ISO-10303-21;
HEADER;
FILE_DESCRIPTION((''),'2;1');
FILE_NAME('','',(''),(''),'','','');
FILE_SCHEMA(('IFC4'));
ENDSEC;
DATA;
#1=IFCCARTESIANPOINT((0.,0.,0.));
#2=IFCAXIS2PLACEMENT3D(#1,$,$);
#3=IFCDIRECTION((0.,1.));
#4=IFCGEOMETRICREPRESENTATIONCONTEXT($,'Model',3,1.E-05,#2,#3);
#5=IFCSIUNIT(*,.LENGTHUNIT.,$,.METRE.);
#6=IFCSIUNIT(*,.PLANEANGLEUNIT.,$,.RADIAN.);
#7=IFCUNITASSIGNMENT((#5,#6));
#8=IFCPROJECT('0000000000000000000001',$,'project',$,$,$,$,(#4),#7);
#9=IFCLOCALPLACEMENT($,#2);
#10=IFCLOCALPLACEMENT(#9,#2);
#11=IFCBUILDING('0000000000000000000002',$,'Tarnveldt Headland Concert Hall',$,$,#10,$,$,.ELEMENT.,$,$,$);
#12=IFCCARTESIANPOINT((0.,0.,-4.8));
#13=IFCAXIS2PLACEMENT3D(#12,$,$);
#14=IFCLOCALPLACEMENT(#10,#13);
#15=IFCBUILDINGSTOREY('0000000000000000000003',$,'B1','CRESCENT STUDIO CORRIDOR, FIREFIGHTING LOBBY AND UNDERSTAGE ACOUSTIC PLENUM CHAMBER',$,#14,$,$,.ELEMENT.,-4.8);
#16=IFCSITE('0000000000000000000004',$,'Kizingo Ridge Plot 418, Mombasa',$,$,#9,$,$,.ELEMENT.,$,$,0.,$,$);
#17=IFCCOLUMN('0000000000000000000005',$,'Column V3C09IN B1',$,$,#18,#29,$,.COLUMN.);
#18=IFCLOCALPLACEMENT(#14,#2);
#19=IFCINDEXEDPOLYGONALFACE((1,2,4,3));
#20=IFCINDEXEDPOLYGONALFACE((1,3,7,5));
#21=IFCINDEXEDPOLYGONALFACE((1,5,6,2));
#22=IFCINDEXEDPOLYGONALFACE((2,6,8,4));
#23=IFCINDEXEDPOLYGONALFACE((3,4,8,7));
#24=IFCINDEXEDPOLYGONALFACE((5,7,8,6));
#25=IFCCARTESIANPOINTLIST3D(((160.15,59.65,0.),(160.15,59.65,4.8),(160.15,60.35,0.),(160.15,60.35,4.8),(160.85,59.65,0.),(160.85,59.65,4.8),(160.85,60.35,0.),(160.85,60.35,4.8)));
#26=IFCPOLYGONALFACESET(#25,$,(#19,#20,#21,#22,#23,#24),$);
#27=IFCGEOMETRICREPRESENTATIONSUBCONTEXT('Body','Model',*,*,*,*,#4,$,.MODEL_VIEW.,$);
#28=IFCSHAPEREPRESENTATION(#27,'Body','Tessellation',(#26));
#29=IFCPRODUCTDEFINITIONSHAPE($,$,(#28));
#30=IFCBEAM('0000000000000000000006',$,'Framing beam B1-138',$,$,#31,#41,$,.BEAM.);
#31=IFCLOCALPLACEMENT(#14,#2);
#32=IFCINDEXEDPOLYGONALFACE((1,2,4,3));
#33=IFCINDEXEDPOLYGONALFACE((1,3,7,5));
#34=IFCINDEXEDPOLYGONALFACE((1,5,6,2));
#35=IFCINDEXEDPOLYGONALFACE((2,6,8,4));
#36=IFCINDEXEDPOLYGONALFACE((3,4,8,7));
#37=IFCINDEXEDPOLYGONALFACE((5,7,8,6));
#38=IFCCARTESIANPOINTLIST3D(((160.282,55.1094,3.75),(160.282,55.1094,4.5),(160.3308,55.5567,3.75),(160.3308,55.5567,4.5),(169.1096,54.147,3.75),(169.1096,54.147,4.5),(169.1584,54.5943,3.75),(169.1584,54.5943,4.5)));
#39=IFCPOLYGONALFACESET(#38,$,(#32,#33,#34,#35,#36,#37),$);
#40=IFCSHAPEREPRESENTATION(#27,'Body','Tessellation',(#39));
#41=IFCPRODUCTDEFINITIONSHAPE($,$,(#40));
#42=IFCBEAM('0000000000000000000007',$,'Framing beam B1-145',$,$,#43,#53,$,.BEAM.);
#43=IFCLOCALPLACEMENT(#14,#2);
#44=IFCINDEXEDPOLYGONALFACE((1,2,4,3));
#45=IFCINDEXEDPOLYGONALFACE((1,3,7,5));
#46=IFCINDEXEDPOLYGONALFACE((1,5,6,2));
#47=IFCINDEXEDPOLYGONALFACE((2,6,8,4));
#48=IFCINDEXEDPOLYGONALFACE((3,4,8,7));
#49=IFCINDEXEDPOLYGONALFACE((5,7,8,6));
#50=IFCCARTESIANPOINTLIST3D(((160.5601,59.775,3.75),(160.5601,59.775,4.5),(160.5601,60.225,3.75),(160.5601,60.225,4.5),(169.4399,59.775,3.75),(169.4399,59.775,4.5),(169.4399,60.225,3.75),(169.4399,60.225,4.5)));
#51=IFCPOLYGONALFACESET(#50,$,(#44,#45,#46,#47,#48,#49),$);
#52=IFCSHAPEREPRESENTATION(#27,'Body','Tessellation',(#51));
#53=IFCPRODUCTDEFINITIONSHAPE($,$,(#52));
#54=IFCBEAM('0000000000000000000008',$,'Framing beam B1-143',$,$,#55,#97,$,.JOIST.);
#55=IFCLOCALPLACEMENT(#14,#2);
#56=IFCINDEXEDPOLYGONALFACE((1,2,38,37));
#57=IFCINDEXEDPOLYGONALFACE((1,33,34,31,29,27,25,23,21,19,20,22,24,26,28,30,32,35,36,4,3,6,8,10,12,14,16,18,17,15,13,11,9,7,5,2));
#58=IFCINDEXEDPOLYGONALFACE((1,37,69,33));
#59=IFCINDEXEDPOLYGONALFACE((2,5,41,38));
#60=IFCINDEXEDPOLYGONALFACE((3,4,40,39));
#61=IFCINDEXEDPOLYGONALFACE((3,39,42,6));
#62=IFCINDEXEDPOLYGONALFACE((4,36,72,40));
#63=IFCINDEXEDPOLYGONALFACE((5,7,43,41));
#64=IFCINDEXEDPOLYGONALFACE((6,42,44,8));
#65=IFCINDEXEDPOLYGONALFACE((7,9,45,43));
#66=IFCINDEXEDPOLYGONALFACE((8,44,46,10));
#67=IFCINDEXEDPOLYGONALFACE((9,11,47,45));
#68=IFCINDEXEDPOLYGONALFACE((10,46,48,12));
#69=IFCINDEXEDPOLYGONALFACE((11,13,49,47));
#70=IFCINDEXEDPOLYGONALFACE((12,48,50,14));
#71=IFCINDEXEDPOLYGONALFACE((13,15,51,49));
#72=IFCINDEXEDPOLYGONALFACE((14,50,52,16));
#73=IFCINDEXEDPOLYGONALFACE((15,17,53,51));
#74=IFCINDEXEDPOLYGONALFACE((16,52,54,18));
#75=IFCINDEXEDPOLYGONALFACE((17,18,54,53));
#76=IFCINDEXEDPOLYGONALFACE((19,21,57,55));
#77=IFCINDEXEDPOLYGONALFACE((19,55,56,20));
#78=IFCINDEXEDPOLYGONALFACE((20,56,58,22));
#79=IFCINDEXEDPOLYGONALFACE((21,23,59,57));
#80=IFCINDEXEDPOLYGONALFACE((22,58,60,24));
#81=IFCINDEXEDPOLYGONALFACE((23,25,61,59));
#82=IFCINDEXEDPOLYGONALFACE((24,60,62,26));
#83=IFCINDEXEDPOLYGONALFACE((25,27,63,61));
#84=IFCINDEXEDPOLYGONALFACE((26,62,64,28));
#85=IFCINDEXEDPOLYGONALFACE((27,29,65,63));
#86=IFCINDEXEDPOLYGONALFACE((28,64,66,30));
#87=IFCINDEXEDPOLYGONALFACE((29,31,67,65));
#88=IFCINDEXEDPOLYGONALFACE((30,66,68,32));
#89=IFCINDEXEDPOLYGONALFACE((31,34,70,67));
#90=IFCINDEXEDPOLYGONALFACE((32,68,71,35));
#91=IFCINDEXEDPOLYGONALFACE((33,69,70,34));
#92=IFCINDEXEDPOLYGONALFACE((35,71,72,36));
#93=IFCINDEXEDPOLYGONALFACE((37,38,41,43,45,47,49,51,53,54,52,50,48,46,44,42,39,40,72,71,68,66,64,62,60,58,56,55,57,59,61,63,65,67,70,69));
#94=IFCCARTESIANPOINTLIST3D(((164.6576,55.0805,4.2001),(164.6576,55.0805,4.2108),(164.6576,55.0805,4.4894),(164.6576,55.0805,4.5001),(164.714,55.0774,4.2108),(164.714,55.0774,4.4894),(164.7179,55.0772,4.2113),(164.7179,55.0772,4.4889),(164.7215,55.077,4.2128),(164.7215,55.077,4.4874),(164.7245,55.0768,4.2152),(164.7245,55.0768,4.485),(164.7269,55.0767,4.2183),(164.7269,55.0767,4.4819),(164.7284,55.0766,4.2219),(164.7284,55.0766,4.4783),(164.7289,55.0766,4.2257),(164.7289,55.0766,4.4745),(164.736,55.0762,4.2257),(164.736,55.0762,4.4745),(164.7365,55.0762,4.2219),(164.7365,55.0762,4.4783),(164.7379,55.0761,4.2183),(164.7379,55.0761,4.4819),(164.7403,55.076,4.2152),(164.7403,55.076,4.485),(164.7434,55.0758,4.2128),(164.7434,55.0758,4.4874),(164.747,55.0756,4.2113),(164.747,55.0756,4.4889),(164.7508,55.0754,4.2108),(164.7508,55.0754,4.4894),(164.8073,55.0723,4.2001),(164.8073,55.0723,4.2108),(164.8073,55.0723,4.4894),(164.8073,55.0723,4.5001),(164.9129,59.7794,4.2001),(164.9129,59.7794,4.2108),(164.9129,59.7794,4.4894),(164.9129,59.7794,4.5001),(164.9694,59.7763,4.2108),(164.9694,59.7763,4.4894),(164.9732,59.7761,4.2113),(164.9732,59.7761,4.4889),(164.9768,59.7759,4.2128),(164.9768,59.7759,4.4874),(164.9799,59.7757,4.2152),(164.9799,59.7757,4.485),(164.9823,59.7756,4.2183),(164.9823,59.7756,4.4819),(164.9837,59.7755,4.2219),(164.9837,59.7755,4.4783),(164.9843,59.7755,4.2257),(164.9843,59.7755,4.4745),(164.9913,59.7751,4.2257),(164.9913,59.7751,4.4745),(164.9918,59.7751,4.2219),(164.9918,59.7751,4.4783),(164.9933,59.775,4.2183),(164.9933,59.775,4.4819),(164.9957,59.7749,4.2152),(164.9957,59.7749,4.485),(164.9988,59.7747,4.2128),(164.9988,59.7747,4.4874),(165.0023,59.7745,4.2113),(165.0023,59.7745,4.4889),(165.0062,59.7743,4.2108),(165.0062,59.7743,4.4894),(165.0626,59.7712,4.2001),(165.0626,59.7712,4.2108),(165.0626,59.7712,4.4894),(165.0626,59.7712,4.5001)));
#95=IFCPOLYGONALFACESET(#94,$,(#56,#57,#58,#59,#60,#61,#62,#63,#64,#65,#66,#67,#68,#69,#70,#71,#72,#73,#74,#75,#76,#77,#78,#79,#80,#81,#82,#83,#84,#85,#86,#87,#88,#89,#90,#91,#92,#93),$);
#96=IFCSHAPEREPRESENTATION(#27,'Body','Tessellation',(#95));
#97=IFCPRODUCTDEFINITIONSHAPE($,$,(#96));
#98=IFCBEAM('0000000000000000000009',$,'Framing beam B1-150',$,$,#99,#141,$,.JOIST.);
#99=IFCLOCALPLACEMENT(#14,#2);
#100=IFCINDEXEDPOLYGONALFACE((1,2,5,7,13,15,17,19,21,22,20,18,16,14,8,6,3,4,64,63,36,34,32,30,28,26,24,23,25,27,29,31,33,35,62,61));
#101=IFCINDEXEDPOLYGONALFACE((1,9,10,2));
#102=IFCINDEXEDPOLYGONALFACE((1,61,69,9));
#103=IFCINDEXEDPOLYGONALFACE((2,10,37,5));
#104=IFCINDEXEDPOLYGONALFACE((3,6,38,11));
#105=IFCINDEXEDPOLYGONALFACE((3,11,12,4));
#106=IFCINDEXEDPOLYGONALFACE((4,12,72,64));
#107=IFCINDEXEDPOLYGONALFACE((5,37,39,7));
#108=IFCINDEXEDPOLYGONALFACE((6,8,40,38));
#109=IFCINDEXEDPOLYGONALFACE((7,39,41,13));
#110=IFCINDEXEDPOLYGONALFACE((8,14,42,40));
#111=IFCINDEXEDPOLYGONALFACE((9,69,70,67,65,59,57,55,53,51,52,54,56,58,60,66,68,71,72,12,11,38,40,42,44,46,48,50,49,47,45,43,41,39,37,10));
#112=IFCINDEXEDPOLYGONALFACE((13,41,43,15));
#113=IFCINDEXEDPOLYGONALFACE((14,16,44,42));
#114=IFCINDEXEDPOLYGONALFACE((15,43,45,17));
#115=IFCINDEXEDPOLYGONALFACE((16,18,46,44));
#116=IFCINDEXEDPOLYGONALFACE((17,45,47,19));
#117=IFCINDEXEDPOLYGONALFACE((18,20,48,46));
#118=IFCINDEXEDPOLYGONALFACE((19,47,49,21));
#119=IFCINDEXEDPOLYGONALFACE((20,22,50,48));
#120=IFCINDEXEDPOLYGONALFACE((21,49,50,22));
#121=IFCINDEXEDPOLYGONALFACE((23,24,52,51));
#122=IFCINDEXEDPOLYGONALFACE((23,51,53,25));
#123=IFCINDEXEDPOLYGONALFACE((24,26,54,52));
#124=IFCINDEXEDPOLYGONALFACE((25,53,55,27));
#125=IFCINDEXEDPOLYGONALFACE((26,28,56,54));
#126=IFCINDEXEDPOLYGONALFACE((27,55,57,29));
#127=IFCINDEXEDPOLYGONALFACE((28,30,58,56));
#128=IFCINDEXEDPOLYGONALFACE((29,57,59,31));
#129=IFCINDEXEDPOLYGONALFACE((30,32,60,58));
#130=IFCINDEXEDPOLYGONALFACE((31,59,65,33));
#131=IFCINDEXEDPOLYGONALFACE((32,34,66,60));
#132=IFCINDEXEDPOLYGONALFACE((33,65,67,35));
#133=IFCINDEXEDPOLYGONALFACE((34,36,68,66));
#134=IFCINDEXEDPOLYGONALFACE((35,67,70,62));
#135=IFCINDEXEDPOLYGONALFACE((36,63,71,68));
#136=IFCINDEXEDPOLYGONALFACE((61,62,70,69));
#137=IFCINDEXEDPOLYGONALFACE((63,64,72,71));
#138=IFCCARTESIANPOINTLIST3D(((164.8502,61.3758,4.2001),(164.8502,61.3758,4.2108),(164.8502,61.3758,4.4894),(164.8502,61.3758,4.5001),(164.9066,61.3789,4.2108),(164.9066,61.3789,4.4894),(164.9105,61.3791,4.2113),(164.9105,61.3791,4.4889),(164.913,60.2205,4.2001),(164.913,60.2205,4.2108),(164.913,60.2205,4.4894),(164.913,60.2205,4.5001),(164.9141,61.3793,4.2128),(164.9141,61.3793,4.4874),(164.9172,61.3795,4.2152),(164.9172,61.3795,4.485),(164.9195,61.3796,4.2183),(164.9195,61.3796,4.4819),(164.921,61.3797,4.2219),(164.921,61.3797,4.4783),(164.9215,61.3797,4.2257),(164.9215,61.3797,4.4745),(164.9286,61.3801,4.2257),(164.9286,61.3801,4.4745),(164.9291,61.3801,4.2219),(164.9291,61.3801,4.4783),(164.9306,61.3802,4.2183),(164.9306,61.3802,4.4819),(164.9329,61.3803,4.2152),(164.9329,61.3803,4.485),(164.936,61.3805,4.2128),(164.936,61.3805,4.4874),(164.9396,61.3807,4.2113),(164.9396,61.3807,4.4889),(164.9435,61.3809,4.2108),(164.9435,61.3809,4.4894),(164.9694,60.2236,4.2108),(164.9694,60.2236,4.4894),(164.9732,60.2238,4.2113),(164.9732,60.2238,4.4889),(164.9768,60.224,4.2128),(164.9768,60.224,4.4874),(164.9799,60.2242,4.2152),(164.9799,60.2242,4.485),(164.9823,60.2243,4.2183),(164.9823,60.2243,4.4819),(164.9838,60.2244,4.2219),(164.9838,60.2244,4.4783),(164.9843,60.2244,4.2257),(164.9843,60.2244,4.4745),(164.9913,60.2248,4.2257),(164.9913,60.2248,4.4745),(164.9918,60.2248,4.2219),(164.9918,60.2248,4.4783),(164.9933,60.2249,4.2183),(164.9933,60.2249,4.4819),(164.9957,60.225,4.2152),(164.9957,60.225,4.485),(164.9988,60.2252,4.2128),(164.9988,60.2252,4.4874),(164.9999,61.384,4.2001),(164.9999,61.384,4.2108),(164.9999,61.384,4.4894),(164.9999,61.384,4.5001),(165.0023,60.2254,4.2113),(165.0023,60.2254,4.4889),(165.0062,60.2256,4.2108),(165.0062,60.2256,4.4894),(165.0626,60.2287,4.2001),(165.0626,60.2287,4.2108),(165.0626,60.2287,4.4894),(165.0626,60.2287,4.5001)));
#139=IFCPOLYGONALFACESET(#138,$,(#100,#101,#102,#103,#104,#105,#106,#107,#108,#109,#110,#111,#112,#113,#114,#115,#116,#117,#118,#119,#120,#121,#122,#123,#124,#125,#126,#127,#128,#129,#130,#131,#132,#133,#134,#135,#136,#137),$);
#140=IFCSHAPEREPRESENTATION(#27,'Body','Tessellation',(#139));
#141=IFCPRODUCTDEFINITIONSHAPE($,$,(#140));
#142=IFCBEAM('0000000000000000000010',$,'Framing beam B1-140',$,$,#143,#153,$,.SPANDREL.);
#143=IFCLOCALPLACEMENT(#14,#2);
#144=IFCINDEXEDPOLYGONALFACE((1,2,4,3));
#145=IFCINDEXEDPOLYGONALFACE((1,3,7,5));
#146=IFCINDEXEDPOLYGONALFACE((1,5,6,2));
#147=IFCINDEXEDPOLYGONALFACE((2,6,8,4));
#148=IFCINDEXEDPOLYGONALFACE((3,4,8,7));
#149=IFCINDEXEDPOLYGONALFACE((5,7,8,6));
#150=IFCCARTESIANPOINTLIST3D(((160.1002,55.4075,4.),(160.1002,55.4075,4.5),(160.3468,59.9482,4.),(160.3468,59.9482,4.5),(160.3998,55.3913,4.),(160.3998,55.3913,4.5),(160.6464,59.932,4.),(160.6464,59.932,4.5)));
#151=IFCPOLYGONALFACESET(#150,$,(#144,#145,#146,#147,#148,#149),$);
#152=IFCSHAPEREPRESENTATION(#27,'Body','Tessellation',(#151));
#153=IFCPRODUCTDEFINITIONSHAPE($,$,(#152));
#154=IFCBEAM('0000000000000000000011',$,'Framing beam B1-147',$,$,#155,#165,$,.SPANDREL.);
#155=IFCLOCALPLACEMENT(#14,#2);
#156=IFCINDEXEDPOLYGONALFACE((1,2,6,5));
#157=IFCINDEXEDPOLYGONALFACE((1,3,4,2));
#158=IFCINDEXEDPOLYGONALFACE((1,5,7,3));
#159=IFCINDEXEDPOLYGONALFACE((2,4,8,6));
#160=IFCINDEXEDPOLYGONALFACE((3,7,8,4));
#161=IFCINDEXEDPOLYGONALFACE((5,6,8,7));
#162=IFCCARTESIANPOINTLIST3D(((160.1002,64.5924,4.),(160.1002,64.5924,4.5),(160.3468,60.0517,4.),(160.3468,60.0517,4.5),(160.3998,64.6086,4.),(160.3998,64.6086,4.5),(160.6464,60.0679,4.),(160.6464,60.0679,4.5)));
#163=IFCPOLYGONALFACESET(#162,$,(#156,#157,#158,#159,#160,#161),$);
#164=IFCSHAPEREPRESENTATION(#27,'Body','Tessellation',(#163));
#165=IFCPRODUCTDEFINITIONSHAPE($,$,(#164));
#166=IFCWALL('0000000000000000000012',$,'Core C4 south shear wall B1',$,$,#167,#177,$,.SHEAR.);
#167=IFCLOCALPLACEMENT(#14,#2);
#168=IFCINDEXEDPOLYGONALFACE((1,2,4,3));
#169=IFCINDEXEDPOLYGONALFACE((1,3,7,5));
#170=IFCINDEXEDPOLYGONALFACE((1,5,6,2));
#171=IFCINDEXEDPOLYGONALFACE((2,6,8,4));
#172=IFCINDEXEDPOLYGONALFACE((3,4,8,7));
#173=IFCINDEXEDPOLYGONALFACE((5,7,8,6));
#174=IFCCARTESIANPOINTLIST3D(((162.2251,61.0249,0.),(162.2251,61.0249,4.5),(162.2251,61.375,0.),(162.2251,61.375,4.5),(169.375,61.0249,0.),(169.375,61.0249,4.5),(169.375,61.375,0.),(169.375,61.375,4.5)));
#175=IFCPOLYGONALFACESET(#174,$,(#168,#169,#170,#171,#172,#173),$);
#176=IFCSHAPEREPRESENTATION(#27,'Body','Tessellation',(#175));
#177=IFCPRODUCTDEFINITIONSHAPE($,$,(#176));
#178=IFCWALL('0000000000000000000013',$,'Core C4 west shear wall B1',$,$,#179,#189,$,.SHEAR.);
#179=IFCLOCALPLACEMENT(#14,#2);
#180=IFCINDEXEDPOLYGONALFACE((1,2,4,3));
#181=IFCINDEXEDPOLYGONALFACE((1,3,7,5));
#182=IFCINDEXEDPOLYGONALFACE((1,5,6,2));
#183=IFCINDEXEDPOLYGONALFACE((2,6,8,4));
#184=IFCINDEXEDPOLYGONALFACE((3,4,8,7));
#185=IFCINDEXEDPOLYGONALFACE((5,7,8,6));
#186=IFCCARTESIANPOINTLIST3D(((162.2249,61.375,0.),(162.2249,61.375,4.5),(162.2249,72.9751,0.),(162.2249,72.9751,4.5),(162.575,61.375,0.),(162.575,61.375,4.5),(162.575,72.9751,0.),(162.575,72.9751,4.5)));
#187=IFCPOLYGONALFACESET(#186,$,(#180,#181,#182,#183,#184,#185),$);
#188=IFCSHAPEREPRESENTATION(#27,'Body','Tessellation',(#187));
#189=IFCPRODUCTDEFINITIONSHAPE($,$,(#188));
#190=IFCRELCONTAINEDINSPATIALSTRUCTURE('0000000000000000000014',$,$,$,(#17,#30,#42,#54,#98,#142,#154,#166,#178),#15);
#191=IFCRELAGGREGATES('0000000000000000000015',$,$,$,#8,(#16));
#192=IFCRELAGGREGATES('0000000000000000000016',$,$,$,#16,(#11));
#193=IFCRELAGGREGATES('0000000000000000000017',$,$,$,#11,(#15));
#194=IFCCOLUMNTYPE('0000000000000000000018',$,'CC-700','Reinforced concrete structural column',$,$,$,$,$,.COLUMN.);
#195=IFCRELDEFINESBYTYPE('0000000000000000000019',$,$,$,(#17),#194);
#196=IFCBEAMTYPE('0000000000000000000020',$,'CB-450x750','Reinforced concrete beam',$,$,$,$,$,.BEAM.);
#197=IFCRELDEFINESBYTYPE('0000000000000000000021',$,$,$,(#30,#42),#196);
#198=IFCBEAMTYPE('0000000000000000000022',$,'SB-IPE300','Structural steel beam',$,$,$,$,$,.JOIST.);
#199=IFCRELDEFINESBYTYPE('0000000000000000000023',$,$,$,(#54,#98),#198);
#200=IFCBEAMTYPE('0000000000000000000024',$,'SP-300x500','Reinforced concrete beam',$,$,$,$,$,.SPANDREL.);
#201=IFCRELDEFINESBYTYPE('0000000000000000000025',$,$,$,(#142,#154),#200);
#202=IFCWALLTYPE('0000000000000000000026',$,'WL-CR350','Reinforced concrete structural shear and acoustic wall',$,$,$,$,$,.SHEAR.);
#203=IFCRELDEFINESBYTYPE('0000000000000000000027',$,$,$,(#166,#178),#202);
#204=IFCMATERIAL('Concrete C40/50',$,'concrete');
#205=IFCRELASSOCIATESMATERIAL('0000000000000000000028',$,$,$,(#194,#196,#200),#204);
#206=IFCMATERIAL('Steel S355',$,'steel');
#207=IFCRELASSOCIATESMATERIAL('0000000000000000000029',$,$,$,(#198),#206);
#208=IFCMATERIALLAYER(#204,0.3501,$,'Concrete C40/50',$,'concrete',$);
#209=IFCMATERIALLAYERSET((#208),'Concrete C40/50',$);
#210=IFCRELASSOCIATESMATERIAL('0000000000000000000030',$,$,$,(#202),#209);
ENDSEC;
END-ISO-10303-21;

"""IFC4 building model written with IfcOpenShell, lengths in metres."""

from ifc_helpers import new_model, si_unit, direction, frame, frame_2d, origin, origin_2d, place, context, subcontext, project, spatial, rectangle, i_section, extrude, material, layer, layer_set, material_profile, profile_set, type_object, element, save


model = new_model("IFC4")

# Units and contexts
model_context = context("Model", 3, precision=1e-05, world=origin(), true_north=direction((0.0, 1.0)))
body_context = subcontext(model_context, "Body", "Model", "MODEL_VIEW")
ifc_project = project(units=[si_unit("LENGTHUNIT", "METRE"), si_unit("PLANEANGLEUNIT", "RADIAN")], contexts=[model_context])

# Site, building, storey
site_placement = place(None, origin())
site = spatial("IfcSite", under=ifc_project, at=site_placement, Name="Kizingo Ridge Plot 418, Mombasa", CompositionType="ELEMENT", RefElevation=0.0)
building_placement = place(site_placement, origin())
building = spatial("IfcBuilding", under=site, at=building_placement, Name="Tarnveldt Headland Concert Hall", CompositionType="ELEMENT")
storey_placement = place(building_placement, frame((0.0, 0.0, -4.8)))
storey = spatial("IfcBuildingStorey", under=building, at=storey_placement, Name="B1", Description="CRESCENT STUDIO CORRIDOR, FIREFIGHTING LOBBY AND UNDERSTAGE ACOUSTIC PLENUM CHAMBER", CompositionType="ELEMENT", Elevation=-4.8)

# Shared definitions
ifc_material_1 = material(Name="Concrete C40/50", Category="concrete")

# Column
ifc_material_profile_1 = material_profile(ifc_material_1, rectangle(XDim=0.7, YDim=0.7, at=origin_2d()), Name="RC 700x700", Category="concrete")
ifc_profile_set_1 = profile_set([ifc_material_profile_1], Name="Concrete C40/50")
column_type = type_object("IfcColumnType", Name="CC-700", Description="Reinforced concrete structural column", PredefinedType="COLUMN", material=ifc_profile_set_1)
for number, where, z_axis, x_axis, name in (
    (1, (160.5, 60.0, 0.0), (0.0, 0.0, 1.0), (1.0, 0.0, 0.0), "Column V3C09IN B1"),
):
    element("IfcColumn", number, at=place(storey_placement, frame(where, z_axis=z_axis, x_axis=x_axis)), inside=storey, type_object=column_type, Name=name, PredefinedType="COLUMN", context=body_context, shape_type="SweptSolid", body=[
        extrude(rectangle(XDim=0.7, YDim=0.7, at=origin_2d()), origin(), (0.0, 0.0, 1.0), 4.8),
    ])

# Beams
ifc_material_profile_2 = material_profile(ifc_material_1, rectangle(XDim=0.45, YDim=0.75, at=origin_2d()), Name="RC 450x750", Category="concrete")
ifc_profile_set_2 = profile_set([ifc_material_profile_2], Name="Concrete C40/50")
beam_type_1 = type_object("IfcBeamType", Name="CB-450x750", Description="Reinforced concrete beam", PredefinedType="BEAM", material=ifc_profile_set_2)
for number, where, z_axis, x_axis, name in (
    (2, (160.3064, 55.333, 4.125), (0.99411, -0.108379, 0.0), (0.108379, 0.99411, 0.0), "Framing beam B1-138"),
    (3, (160.5601, 60.0, 4.125), (1.0, 0.0, 0.0), (0.0, 1.0, 0.0), "Framing beam B1-145"),
):
    element("IfcBeam", number, at=place(storey_placement, frame(where, z_axis=z_axis, x_axis=x_axis)), inside=storey, type_object=beam_type_1, Name=name, PredefinedType="BEAM", context=body_context, shape_type="SweptSolid", body=[
        extrude(rectangle(XDim=0.45, YDim=0.75, at=origin_2d()), origin(), (0.0, 0.0, 1.0), 8.8799),
    ])
ifc_material_2 = material(Name="Steel S355", Category="steel")
ifc_material_profile_3 = material_profile(ifc_material_2, i_section(OverallWidth=0.1499, OverallDepth=0.3, WebThickness=0.0071, FlangeThickness=0.0107, FilletRadius=0.0149, at=origin_2d()), Name="IPE300", Category="steel")
ifc_profile_set_3 = profile_set([ifc_material_profile_3], Name="Steel S355")
beam_type_2 = type_object("IfcBeamType", Name="SB-IPE300", Description="Structural steel beam", PredefinedType="JOIST", material=ifc_profile_set_3)
beam_1_placement = place(storey_placement, frame((164.7324, 55.0764, 4.3501), z_axis=(0.054266, 0.998527, 0.0), x_axis=(-0.998527, 0.054266, 0.0)))
element("IfcBeam", 4, at=beam_1_placement, inside=storey, type_object=beam_type_2, Name="Framing beam B1-143", PredefinedType="JOIST", context=body_context, shape_type="SweptSolid", body=[
    extrude(i_section(OverallWidth=0.1499, OverallDepth=0.3, WebThickness=0.0071, FlangeThickness=0.0107, FilletRadius=0.0149, at=origin_2d()), origin(), (0.0, 0.0, 1.0), 4.7058),
])
beam_2_placement = place(storey_placement, frame((164.9878, 60.2246, 4.3501), z_axis=(-0.054231, 0.998528, 0.0), x_axis=(-0.998528, -0.054231, 0.0)))
element("IfcBeam", 5, at=beam_2_placement, inside=storey, type_object=beam_type_2, Name="Framing beam B1-150", PredefinedType="JOIST", context=body_context, shape_type="SweptSolid", body=[
    extrude(i_section(OverallWidth=0.1499, OverallDepth=0.3, WebThickness=0.0071, FlangeThickness=0.0107, FilletRadius=0.0149, at=origin_2d()), origin(), (0.0, 0.0, 1.0), 1.157),
])
ifc_material_profile_4 = material_profile(ifc_material_1, rectangle(XDim=0.3, YDim=0.5, at=origin_2d()), Name="RC SPANDREL 300x500", Category="concrete")
ifc_profile_set_4 = profile_set([ifc_material_profile_4], Name="Concrete C40/50")
beam_type_3 = type_object("IfcBeamType", Name="SP-300x500", Description="Reinforced concrete beam", PredefinedType="SPANDREL", material=ifc_profile_set_4)
for number, where, z_axis, x_axis, name in (
    (6, (160.25, 55.3994, 4.25), (0.054224, 0.998529, 0.0), (-0.998529, 0.054224, 0.0), "Framing beam B1-140"),
    (7, (160.4966, 60.0598, 4.25), (-0.054224, 0.998529, 0.0), (-0.998529, -0.054224, 0.0), "Framing beam B1-147"),
):
    element("IfcBeam", number, at=place(storey_placement, frame(where, z_axis=z_axis, x_axis=x_axis)), inside=storey, type_object=beam_type_3, Name=name, PredefinedType="SPANDREL", context=body_context, shape_type="SweptSolid", body=[
        extrude(rectangle(XDim=0.3, YDim=0.5, at=origin_2d()), origin(), (0.0, 0.0, 1.0), 4.5474),
    ])

# Walls
ifc_layer_1 = layer(ifc_material_1, 0.3501, Name="Concrete C40/50", Category="concrete")
ifc_layer_set_1 = layer_set([ifc_layer_1], Name="Concrete C40/50")
wall_type_1 = type_object("IfcWallType", Name="WL-CR350", Description="Reinforced concrete structural shear and acoustic wall", PredefinedType="SHEAR", material=ifc_layer_set_1)
wall_1_placement = place(storey_placement, frame((162.2251, 61.2, 0.0), z_axis=(0.0, 0.0, 1.0), x_axis=(1.0, 0.0, 0.0)))
element("IfcWall", 8, at=wall_1_placement, inside=storey, type_object=wall_type_1, Name="Core C4 south shear wall B1", PredefinedType="SHEAR", context=body_context, shape_type="SweptSolid", body=[
    extrude(rectangle(XDim=7.1499, YDim=0.3501, at=frame_2d((3.575, 0.0))), origin(), (0.0, 0.0, 1.0), 4.5),
])
wall_2_placement = place(storey_placement, frame((162.3999, 61.375, 0.0), z_axis=(0.0, 0.0, 1.0), x_axis=(0.0, 1.0, 0.0)))
element("IfcWall", 9, at=wall_2_placement, inside=storey, type_object=wall_type_1, Name="Core C4 west shear wall B1", PredefinedType="SHEAR", context=body_context, shape_type="SweptSolid", body=[
    extrude(rectangle(XDim=11.6001, YDim=0.3501, at=frame_2d((5.8, 0.0))), origin(), (0.0, 0.0, 1.0), 4.5),
])

save(model, "model.ifc")
